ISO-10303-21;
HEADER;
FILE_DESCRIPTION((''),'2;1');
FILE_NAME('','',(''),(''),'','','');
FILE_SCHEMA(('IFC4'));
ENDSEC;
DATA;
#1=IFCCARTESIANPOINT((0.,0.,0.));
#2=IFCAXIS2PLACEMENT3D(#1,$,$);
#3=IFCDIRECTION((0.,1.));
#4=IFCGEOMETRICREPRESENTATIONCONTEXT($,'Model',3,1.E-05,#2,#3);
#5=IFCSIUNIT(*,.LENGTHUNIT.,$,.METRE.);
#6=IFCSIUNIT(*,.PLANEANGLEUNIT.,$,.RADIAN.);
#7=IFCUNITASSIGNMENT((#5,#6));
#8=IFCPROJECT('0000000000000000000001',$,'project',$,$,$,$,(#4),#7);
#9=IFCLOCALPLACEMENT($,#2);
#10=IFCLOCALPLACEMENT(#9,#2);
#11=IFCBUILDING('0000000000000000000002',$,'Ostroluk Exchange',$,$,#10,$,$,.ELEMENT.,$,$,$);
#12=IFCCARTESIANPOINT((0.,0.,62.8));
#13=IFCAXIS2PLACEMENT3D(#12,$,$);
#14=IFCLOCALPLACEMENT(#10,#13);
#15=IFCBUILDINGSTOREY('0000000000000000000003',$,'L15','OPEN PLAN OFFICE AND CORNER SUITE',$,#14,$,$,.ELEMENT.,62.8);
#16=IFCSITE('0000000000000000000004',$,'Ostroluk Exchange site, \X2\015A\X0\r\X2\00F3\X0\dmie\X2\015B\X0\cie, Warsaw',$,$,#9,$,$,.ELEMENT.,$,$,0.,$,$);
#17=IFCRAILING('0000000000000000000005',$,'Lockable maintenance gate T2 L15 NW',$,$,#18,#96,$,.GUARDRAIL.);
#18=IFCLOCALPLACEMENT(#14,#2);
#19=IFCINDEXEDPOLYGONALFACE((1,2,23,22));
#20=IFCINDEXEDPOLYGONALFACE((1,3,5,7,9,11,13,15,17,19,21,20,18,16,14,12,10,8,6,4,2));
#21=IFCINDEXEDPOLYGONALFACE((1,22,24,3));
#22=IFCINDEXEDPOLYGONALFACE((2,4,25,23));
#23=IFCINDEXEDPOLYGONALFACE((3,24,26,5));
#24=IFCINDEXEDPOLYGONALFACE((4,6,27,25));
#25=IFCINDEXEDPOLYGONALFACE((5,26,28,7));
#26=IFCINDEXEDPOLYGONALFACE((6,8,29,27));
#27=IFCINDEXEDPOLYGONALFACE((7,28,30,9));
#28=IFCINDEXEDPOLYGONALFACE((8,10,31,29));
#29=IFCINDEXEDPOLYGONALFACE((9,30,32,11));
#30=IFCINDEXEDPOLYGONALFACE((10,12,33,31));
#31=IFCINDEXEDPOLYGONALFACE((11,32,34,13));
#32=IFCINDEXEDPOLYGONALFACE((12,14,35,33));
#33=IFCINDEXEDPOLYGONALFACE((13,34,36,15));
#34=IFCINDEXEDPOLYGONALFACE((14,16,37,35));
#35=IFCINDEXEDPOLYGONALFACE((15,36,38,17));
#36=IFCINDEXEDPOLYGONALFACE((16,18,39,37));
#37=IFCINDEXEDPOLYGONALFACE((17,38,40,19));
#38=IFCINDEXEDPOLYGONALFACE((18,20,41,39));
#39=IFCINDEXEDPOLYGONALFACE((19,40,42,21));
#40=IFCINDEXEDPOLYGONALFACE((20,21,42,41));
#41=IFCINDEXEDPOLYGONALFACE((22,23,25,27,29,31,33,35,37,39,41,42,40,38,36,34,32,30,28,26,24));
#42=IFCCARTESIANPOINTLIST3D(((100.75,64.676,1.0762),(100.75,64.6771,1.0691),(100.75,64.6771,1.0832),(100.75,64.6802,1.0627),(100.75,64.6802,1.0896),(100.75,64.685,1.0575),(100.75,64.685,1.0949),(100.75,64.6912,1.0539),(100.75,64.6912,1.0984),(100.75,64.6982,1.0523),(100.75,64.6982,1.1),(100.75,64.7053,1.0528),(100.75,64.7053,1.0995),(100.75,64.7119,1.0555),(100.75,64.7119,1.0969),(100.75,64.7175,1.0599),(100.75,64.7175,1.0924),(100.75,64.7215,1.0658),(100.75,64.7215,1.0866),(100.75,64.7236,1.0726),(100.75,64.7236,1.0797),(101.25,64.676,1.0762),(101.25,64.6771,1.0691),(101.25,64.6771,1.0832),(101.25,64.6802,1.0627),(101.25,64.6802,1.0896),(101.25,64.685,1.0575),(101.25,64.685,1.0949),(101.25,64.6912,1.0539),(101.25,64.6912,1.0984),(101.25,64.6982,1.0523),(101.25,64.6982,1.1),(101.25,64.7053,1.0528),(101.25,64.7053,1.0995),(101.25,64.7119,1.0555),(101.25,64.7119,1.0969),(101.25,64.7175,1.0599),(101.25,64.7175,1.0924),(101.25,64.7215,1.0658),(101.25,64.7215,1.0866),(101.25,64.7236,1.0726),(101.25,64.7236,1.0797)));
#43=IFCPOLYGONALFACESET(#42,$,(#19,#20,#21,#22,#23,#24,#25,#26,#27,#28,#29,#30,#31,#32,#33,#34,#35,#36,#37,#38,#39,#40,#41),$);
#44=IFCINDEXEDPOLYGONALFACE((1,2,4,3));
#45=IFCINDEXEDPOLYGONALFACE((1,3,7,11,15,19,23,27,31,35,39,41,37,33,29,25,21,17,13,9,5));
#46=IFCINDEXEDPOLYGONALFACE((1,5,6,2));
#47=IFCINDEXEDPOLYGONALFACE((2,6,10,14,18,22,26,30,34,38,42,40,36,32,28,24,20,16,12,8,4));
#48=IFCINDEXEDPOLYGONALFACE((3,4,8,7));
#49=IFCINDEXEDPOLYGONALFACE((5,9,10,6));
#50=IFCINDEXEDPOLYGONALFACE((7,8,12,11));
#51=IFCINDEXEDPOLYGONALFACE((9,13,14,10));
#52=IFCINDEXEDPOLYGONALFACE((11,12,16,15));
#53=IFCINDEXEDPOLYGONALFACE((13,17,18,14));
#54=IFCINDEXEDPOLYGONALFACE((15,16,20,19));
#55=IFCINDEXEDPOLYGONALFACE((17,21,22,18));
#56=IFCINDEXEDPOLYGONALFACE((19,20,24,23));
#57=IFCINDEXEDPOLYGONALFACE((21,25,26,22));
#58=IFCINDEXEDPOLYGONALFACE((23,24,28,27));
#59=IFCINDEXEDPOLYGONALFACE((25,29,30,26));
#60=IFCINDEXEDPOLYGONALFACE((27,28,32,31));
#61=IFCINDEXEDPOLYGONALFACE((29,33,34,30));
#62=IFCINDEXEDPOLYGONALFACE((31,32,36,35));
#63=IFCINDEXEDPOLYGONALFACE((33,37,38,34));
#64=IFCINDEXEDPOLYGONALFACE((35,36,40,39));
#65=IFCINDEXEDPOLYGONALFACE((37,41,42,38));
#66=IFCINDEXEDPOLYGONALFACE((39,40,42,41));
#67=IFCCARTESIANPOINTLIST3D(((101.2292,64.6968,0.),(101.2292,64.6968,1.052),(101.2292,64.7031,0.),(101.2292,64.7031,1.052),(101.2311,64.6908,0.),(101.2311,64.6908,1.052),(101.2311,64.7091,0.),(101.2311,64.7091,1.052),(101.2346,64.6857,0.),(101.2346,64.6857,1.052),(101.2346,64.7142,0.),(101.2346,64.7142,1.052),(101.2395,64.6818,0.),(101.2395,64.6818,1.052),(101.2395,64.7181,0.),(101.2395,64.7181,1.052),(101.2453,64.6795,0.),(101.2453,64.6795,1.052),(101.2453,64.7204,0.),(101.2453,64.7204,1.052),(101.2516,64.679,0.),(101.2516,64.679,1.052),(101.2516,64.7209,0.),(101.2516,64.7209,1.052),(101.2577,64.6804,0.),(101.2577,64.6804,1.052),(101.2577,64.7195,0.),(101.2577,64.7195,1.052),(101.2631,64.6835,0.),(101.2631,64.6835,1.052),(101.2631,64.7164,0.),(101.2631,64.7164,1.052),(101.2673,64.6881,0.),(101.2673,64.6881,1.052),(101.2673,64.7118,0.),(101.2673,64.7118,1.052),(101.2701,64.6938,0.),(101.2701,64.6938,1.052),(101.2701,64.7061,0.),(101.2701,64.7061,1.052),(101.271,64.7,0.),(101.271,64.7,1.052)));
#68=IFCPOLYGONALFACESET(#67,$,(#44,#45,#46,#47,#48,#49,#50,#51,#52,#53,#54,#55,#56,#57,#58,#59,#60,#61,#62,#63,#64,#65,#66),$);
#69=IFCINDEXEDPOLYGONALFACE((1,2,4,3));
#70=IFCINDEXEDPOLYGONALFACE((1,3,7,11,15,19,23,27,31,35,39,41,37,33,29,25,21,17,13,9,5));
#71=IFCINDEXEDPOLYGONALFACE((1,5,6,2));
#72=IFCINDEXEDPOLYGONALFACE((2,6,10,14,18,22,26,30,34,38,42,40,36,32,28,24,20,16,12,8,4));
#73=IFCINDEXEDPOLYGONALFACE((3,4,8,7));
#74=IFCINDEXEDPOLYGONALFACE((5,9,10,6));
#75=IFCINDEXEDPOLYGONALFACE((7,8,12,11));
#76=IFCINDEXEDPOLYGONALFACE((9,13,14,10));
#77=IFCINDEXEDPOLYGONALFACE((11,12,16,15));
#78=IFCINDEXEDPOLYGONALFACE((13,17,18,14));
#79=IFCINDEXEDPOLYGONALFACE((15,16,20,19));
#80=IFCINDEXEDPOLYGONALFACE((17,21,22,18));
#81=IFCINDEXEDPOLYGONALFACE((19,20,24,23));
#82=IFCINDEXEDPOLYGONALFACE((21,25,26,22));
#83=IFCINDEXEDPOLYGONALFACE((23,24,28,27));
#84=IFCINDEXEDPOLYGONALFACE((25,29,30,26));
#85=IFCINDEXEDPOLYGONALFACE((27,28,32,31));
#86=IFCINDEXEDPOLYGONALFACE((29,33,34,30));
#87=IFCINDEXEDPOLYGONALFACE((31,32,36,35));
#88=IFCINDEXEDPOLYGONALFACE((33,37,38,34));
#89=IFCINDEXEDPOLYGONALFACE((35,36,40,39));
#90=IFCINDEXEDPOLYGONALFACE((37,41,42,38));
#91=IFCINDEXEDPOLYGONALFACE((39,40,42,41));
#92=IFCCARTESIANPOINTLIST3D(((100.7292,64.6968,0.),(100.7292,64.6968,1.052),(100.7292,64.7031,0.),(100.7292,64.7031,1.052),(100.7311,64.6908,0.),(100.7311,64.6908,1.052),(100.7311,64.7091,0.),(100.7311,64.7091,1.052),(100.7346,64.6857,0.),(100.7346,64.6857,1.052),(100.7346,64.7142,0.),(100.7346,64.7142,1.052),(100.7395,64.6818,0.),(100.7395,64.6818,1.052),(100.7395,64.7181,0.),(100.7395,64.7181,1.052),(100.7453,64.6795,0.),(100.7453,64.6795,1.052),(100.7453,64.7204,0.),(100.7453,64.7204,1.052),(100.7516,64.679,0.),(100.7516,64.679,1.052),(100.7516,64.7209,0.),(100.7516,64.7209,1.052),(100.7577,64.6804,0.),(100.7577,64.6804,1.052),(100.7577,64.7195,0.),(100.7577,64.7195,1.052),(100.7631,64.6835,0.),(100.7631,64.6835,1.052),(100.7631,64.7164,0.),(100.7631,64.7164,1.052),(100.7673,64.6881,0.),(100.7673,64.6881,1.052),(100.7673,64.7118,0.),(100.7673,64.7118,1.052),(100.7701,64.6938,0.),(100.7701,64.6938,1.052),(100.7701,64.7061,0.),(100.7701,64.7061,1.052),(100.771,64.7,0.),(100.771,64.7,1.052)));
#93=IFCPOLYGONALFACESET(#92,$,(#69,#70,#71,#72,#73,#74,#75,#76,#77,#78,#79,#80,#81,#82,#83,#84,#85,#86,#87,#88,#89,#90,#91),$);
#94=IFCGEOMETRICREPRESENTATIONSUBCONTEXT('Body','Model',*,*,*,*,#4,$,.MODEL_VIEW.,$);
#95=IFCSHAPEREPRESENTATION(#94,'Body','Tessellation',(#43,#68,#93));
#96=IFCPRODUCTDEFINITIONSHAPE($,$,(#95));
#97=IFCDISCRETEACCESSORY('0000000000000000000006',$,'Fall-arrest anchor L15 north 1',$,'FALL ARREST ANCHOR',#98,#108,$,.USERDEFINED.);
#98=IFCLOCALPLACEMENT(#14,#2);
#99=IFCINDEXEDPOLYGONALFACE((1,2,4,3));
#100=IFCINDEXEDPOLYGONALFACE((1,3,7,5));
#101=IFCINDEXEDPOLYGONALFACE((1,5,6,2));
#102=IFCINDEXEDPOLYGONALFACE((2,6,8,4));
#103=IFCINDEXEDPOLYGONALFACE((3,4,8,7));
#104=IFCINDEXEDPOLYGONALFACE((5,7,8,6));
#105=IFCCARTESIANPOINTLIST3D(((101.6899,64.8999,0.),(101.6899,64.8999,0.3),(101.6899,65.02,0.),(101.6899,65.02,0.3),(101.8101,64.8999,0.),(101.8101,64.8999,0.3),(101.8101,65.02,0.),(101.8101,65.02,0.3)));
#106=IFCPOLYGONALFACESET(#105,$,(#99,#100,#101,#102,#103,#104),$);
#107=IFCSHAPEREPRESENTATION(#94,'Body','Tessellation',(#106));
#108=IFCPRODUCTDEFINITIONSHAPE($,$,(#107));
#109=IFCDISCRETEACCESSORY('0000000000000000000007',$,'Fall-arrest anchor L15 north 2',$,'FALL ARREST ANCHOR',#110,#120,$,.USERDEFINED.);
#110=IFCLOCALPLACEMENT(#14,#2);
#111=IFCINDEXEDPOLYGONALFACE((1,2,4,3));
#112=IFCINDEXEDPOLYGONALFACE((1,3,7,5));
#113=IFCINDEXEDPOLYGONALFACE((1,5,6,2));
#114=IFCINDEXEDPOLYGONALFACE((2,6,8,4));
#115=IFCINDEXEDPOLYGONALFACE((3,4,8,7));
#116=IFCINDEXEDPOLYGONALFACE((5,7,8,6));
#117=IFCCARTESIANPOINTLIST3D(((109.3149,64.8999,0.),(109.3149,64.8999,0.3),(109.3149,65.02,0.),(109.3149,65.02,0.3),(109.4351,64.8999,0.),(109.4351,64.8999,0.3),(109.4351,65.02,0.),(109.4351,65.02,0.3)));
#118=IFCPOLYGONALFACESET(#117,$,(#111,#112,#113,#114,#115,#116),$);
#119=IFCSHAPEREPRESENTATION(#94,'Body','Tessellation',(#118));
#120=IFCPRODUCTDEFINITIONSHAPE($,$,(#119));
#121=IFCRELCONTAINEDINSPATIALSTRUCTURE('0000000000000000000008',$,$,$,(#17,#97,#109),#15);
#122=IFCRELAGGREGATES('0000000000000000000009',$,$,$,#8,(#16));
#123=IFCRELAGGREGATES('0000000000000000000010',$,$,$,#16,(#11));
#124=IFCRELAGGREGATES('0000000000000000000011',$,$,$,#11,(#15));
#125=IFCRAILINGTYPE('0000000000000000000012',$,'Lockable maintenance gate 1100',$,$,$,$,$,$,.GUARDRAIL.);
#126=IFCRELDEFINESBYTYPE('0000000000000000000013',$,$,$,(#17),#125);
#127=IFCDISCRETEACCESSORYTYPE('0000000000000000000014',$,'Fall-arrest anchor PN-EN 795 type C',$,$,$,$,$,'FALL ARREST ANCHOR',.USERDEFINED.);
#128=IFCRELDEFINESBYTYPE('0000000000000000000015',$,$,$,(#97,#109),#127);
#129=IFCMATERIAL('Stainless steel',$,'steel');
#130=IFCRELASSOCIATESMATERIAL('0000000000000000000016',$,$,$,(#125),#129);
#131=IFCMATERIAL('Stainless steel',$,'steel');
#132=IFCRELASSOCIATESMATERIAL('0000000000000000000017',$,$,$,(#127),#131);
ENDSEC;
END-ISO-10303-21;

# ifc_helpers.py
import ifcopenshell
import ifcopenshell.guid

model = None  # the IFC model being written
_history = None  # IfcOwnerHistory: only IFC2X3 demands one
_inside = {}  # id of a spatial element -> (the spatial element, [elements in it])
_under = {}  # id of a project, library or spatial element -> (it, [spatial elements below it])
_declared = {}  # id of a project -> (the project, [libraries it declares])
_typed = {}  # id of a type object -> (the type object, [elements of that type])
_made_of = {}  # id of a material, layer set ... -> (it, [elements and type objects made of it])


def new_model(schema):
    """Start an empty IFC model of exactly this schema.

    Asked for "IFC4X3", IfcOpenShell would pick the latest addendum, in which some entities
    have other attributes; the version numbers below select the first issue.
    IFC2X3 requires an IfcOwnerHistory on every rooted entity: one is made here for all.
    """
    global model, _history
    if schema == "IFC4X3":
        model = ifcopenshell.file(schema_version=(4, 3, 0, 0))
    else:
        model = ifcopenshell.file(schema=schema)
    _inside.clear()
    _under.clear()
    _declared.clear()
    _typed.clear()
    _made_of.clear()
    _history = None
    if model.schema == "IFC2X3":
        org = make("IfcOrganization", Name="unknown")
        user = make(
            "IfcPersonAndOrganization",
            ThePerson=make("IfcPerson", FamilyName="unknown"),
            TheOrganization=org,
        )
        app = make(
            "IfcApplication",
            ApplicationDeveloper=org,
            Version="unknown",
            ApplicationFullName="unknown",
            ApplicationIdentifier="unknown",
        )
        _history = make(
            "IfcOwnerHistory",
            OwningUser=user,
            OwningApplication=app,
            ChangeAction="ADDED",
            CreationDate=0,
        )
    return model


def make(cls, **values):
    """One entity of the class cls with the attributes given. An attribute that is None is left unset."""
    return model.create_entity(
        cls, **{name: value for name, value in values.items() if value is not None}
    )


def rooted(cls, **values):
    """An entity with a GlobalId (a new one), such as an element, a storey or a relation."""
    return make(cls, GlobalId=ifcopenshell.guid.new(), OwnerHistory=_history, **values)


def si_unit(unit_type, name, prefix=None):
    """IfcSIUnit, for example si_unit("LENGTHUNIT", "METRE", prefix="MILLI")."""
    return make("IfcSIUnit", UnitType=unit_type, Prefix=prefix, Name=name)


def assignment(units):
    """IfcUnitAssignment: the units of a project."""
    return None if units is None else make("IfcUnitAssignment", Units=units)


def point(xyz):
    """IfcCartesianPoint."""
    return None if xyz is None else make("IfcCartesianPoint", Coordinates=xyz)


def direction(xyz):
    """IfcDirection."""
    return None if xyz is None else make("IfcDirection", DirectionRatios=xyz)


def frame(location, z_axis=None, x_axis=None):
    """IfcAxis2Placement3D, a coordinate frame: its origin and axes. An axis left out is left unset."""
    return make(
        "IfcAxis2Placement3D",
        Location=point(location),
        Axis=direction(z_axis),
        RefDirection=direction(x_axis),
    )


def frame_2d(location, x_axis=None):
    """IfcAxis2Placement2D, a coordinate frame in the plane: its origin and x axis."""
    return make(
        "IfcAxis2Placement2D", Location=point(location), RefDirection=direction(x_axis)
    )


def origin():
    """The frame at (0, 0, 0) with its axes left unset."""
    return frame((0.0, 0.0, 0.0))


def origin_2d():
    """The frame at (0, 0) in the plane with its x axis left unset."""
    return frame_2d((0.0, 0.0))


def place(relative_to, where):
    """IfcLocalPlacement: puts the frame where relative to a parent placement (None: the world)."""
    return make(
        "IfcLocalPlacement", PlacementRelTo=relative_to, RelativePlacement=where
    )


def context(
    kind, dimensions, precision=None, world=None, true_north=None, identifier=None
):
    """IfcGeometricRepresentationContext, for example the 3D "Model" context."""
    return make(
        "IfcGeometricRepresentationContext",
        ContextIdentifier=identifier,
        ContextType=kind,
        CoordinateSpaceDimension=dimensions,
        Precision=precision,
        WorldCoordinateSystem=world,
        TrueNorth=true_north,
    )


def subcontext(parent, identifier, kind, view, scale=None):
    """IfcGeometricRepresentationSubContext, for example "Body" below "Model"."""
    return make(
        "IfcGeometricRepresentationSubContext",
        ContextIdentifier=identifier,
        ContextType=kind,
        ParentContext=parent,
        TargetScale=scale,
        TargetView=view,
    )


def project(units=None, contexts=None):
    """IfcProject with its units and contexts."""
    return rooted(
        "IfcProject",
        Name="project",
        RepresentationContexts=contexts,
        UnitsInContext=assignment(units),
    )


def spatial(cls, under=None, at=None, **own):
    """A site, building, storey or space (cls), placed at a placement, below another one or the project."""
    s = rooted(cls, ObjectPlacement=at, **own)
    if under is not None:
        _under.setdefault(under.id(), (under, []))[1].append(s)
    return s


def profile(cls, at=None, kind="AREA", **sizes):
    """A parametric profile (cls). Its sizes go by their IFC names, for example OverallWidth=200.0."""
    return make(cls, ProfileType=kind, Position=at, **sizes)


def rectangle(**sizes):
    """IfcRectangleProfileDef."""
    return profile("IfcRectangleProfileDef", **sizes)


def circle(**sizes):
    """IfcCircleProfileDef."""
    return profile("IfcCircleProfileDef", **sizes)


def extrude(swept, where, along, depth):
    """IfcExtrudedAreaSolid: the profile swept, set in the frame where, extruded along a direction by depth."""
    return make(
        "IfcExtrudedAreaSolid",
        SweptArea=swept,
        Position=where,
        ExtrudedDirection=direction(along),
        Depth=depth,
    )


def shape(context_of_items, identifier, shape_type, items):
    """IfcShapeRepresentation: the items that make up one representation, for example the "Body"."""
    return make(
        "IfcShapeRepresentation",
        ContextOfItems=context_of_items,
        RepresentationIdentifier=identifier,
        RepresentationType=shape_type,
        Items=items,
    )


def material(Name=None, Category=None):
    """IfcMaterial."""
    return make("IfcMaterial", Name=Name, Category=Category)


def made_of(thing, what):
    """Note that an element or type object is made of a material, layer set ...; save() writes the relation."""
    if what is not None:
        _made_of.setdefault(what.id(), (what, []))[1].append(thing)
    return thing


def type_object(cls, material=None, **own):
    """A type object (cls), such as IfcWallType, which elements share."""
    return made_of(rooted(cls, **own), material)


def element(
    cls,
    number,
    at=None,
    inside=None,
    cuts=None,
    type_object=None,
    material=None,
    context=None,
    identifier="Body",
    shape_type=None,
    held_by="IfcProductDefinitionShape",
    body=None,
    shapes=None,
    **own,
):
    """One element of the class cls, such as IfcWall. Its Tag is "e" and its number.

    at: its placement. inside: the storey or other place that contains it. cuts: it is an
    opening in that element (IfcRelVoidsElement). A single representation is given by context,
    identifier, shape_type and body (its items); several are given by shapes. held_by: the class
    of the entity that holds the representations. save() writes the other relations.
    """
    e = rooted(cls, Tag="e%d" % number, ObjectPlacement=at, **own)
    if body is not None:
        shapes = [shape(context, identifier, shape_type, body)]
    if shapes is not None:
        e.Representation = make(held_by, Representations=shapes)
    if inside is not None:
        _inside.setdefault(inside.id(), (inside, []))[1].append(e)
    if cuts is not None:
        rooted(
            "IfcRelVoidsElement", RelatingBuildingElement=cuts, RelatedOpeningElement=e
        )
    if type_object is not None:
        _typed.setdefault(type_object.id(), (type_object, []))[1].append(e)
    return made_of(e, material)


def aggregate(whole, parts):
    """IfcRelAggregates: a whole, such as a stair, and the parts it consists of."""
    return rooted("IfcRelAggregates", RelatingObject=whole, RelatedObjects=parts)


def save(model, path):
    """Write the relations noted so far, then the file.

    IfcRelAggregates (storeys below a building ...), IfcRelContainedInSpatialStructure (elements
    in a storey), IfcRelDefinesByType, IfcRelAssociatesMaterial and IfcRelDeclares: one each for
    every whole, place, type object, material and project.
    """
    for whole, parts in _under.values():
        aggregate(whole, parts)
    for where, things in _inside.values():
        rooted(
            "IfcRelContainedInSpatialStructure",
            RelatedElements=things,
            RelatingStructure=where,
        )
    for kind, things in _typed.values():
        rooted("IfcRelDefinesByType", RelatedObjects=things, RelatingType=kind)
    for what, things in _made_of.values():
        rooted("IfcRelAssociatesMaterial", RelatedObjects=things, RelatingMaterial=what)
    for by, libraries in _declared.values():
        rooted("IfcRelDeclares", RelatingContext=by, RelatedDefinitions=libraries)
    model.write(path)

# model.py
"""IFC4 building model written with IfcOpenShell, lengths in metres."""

from ifc_helpers import new_model, si_unit, direction, frame, origin, origin_2d, place, context, subcontext, project, spatial, rectangle, circle, extrude, material, type_object, element, save


model = new_model("IFC4")

# Units and contexts
model_context = context("Model", 3, precision=1e-05, world=origin(), true_north=direction((0.0, 1.0)))
body_context = subcontext(model_context, "Body", "Model", "MODEL_VIEW")
ifc_project = project(units=[si_unit("LENGTHUNIT", "METRE"), si_unit("PLANEANGLEUNIT", "RADIAN")], contexts=[model_context])

# Site, building, storey
site_placement = place(None, origin())
site = spatial("IfcSite", under=ifc_project, at=site_placement, Name="Ostroluk Exchange site, Śródmieście, Warsaw", CompositionType="ELEMENT", RefElevation=0.0)
building_placement = place(site_placement, origin())
building = spatial("IfcBuilding", under=site, at=building_placement, Name="Ostroluk Exchange", CompositionType="ELEMENT")
storey_placement = place(building_placement, frame((0.0, 0.0, 62.8)))
storey = spatial("IfcBuildingStorey", under=building, at=storey_placement, Name="L15", Description="OPEN PLAN OFFICE AND CORNER SUITE", CompositionType="ELEMENT", Elevation=62.8)

# Railing
ifc_material_1 = material(Name="Stainless steel", Category="steel")
railing_type_1 = type_object("IfcRailingType", Name="Lockable maintenance gate 1100", PredefinedType="GUARDRAIL", material=ifc_material_1)
railing_1_placement = place(storey_placement, frame((101.25, 64.7, 0.0)))
element("IfcRailing", 1, at=railing_1_placement, inside=storey, type_object=railing_type_1, Name="Lockable maintenance gate T2 L15 NW", PredefinedType="GUARDRAIL", context=body_context, shape_type="SweptSolid", body=[
    extrude(circle(Radius=0.0239, at=origin_2d()), frame((0.0, 0.0, 1.0762), z_axis=(-1.0, 0.0, 0.0), x_axis=(0.0, -1.0, 0.0)), (0.0, 0.0, 1.0), 0.5),
    extrude(circle(Radius=0.021, at=origin_2d()), origin(), (0.0, 0.0, 1.0), 1.052),
    extrude(circle(Radius=0.021, at=origin_2d()), frame((-0.5, 0.0, 0.0)), (0.0, 0.0, 1.0), 1.052),
])

# Discrete accessories
ifc_material_2 = material(Name="Stainless steel", Category="steel")
discrete_accessory_type = type_object("IfcDiscreteAccessoryType", Name="Fall-arrest anchor PN-EN 795 type C", ElementType="FALL ARREST ANCHOR", PredefinedType="USERDEFINED", material=ifc_material_2)
for number, where, z_axis, x_axis, name in (
    (2, (101.75, 64.96, 0.0), (0.0, 0.0, 1.0), (1.0, 0.0, 0.0), "Fall-arrest anchor L15 north 1"),
    (3, (109.375, 64.96, 0.0), (0.0, 0.0, 1.0), (1.0, 0.0, 0.0), "Fall-arrest anchor L15 north 2"),
):
    element("IfcDiscreteAccessory", number, at=place(storey_placement, frame(where, z_axis=z_axis, x_axis=x_axis)), inside=storey, type_object=discrete_accessory_type, Name=name, ObjectType="FALL ARREST ANCHOR", PredefinedType="USERDEFINED", context=body_context, shape_type="SweptSolid", body=[
        extrude(rectangle(XDim=0.1201, YDim=0.1201, at=origin_2d()), origin(), (0.0, 0.0, 1.0), 0.3),
    ])

save(model, "model.ifc")
